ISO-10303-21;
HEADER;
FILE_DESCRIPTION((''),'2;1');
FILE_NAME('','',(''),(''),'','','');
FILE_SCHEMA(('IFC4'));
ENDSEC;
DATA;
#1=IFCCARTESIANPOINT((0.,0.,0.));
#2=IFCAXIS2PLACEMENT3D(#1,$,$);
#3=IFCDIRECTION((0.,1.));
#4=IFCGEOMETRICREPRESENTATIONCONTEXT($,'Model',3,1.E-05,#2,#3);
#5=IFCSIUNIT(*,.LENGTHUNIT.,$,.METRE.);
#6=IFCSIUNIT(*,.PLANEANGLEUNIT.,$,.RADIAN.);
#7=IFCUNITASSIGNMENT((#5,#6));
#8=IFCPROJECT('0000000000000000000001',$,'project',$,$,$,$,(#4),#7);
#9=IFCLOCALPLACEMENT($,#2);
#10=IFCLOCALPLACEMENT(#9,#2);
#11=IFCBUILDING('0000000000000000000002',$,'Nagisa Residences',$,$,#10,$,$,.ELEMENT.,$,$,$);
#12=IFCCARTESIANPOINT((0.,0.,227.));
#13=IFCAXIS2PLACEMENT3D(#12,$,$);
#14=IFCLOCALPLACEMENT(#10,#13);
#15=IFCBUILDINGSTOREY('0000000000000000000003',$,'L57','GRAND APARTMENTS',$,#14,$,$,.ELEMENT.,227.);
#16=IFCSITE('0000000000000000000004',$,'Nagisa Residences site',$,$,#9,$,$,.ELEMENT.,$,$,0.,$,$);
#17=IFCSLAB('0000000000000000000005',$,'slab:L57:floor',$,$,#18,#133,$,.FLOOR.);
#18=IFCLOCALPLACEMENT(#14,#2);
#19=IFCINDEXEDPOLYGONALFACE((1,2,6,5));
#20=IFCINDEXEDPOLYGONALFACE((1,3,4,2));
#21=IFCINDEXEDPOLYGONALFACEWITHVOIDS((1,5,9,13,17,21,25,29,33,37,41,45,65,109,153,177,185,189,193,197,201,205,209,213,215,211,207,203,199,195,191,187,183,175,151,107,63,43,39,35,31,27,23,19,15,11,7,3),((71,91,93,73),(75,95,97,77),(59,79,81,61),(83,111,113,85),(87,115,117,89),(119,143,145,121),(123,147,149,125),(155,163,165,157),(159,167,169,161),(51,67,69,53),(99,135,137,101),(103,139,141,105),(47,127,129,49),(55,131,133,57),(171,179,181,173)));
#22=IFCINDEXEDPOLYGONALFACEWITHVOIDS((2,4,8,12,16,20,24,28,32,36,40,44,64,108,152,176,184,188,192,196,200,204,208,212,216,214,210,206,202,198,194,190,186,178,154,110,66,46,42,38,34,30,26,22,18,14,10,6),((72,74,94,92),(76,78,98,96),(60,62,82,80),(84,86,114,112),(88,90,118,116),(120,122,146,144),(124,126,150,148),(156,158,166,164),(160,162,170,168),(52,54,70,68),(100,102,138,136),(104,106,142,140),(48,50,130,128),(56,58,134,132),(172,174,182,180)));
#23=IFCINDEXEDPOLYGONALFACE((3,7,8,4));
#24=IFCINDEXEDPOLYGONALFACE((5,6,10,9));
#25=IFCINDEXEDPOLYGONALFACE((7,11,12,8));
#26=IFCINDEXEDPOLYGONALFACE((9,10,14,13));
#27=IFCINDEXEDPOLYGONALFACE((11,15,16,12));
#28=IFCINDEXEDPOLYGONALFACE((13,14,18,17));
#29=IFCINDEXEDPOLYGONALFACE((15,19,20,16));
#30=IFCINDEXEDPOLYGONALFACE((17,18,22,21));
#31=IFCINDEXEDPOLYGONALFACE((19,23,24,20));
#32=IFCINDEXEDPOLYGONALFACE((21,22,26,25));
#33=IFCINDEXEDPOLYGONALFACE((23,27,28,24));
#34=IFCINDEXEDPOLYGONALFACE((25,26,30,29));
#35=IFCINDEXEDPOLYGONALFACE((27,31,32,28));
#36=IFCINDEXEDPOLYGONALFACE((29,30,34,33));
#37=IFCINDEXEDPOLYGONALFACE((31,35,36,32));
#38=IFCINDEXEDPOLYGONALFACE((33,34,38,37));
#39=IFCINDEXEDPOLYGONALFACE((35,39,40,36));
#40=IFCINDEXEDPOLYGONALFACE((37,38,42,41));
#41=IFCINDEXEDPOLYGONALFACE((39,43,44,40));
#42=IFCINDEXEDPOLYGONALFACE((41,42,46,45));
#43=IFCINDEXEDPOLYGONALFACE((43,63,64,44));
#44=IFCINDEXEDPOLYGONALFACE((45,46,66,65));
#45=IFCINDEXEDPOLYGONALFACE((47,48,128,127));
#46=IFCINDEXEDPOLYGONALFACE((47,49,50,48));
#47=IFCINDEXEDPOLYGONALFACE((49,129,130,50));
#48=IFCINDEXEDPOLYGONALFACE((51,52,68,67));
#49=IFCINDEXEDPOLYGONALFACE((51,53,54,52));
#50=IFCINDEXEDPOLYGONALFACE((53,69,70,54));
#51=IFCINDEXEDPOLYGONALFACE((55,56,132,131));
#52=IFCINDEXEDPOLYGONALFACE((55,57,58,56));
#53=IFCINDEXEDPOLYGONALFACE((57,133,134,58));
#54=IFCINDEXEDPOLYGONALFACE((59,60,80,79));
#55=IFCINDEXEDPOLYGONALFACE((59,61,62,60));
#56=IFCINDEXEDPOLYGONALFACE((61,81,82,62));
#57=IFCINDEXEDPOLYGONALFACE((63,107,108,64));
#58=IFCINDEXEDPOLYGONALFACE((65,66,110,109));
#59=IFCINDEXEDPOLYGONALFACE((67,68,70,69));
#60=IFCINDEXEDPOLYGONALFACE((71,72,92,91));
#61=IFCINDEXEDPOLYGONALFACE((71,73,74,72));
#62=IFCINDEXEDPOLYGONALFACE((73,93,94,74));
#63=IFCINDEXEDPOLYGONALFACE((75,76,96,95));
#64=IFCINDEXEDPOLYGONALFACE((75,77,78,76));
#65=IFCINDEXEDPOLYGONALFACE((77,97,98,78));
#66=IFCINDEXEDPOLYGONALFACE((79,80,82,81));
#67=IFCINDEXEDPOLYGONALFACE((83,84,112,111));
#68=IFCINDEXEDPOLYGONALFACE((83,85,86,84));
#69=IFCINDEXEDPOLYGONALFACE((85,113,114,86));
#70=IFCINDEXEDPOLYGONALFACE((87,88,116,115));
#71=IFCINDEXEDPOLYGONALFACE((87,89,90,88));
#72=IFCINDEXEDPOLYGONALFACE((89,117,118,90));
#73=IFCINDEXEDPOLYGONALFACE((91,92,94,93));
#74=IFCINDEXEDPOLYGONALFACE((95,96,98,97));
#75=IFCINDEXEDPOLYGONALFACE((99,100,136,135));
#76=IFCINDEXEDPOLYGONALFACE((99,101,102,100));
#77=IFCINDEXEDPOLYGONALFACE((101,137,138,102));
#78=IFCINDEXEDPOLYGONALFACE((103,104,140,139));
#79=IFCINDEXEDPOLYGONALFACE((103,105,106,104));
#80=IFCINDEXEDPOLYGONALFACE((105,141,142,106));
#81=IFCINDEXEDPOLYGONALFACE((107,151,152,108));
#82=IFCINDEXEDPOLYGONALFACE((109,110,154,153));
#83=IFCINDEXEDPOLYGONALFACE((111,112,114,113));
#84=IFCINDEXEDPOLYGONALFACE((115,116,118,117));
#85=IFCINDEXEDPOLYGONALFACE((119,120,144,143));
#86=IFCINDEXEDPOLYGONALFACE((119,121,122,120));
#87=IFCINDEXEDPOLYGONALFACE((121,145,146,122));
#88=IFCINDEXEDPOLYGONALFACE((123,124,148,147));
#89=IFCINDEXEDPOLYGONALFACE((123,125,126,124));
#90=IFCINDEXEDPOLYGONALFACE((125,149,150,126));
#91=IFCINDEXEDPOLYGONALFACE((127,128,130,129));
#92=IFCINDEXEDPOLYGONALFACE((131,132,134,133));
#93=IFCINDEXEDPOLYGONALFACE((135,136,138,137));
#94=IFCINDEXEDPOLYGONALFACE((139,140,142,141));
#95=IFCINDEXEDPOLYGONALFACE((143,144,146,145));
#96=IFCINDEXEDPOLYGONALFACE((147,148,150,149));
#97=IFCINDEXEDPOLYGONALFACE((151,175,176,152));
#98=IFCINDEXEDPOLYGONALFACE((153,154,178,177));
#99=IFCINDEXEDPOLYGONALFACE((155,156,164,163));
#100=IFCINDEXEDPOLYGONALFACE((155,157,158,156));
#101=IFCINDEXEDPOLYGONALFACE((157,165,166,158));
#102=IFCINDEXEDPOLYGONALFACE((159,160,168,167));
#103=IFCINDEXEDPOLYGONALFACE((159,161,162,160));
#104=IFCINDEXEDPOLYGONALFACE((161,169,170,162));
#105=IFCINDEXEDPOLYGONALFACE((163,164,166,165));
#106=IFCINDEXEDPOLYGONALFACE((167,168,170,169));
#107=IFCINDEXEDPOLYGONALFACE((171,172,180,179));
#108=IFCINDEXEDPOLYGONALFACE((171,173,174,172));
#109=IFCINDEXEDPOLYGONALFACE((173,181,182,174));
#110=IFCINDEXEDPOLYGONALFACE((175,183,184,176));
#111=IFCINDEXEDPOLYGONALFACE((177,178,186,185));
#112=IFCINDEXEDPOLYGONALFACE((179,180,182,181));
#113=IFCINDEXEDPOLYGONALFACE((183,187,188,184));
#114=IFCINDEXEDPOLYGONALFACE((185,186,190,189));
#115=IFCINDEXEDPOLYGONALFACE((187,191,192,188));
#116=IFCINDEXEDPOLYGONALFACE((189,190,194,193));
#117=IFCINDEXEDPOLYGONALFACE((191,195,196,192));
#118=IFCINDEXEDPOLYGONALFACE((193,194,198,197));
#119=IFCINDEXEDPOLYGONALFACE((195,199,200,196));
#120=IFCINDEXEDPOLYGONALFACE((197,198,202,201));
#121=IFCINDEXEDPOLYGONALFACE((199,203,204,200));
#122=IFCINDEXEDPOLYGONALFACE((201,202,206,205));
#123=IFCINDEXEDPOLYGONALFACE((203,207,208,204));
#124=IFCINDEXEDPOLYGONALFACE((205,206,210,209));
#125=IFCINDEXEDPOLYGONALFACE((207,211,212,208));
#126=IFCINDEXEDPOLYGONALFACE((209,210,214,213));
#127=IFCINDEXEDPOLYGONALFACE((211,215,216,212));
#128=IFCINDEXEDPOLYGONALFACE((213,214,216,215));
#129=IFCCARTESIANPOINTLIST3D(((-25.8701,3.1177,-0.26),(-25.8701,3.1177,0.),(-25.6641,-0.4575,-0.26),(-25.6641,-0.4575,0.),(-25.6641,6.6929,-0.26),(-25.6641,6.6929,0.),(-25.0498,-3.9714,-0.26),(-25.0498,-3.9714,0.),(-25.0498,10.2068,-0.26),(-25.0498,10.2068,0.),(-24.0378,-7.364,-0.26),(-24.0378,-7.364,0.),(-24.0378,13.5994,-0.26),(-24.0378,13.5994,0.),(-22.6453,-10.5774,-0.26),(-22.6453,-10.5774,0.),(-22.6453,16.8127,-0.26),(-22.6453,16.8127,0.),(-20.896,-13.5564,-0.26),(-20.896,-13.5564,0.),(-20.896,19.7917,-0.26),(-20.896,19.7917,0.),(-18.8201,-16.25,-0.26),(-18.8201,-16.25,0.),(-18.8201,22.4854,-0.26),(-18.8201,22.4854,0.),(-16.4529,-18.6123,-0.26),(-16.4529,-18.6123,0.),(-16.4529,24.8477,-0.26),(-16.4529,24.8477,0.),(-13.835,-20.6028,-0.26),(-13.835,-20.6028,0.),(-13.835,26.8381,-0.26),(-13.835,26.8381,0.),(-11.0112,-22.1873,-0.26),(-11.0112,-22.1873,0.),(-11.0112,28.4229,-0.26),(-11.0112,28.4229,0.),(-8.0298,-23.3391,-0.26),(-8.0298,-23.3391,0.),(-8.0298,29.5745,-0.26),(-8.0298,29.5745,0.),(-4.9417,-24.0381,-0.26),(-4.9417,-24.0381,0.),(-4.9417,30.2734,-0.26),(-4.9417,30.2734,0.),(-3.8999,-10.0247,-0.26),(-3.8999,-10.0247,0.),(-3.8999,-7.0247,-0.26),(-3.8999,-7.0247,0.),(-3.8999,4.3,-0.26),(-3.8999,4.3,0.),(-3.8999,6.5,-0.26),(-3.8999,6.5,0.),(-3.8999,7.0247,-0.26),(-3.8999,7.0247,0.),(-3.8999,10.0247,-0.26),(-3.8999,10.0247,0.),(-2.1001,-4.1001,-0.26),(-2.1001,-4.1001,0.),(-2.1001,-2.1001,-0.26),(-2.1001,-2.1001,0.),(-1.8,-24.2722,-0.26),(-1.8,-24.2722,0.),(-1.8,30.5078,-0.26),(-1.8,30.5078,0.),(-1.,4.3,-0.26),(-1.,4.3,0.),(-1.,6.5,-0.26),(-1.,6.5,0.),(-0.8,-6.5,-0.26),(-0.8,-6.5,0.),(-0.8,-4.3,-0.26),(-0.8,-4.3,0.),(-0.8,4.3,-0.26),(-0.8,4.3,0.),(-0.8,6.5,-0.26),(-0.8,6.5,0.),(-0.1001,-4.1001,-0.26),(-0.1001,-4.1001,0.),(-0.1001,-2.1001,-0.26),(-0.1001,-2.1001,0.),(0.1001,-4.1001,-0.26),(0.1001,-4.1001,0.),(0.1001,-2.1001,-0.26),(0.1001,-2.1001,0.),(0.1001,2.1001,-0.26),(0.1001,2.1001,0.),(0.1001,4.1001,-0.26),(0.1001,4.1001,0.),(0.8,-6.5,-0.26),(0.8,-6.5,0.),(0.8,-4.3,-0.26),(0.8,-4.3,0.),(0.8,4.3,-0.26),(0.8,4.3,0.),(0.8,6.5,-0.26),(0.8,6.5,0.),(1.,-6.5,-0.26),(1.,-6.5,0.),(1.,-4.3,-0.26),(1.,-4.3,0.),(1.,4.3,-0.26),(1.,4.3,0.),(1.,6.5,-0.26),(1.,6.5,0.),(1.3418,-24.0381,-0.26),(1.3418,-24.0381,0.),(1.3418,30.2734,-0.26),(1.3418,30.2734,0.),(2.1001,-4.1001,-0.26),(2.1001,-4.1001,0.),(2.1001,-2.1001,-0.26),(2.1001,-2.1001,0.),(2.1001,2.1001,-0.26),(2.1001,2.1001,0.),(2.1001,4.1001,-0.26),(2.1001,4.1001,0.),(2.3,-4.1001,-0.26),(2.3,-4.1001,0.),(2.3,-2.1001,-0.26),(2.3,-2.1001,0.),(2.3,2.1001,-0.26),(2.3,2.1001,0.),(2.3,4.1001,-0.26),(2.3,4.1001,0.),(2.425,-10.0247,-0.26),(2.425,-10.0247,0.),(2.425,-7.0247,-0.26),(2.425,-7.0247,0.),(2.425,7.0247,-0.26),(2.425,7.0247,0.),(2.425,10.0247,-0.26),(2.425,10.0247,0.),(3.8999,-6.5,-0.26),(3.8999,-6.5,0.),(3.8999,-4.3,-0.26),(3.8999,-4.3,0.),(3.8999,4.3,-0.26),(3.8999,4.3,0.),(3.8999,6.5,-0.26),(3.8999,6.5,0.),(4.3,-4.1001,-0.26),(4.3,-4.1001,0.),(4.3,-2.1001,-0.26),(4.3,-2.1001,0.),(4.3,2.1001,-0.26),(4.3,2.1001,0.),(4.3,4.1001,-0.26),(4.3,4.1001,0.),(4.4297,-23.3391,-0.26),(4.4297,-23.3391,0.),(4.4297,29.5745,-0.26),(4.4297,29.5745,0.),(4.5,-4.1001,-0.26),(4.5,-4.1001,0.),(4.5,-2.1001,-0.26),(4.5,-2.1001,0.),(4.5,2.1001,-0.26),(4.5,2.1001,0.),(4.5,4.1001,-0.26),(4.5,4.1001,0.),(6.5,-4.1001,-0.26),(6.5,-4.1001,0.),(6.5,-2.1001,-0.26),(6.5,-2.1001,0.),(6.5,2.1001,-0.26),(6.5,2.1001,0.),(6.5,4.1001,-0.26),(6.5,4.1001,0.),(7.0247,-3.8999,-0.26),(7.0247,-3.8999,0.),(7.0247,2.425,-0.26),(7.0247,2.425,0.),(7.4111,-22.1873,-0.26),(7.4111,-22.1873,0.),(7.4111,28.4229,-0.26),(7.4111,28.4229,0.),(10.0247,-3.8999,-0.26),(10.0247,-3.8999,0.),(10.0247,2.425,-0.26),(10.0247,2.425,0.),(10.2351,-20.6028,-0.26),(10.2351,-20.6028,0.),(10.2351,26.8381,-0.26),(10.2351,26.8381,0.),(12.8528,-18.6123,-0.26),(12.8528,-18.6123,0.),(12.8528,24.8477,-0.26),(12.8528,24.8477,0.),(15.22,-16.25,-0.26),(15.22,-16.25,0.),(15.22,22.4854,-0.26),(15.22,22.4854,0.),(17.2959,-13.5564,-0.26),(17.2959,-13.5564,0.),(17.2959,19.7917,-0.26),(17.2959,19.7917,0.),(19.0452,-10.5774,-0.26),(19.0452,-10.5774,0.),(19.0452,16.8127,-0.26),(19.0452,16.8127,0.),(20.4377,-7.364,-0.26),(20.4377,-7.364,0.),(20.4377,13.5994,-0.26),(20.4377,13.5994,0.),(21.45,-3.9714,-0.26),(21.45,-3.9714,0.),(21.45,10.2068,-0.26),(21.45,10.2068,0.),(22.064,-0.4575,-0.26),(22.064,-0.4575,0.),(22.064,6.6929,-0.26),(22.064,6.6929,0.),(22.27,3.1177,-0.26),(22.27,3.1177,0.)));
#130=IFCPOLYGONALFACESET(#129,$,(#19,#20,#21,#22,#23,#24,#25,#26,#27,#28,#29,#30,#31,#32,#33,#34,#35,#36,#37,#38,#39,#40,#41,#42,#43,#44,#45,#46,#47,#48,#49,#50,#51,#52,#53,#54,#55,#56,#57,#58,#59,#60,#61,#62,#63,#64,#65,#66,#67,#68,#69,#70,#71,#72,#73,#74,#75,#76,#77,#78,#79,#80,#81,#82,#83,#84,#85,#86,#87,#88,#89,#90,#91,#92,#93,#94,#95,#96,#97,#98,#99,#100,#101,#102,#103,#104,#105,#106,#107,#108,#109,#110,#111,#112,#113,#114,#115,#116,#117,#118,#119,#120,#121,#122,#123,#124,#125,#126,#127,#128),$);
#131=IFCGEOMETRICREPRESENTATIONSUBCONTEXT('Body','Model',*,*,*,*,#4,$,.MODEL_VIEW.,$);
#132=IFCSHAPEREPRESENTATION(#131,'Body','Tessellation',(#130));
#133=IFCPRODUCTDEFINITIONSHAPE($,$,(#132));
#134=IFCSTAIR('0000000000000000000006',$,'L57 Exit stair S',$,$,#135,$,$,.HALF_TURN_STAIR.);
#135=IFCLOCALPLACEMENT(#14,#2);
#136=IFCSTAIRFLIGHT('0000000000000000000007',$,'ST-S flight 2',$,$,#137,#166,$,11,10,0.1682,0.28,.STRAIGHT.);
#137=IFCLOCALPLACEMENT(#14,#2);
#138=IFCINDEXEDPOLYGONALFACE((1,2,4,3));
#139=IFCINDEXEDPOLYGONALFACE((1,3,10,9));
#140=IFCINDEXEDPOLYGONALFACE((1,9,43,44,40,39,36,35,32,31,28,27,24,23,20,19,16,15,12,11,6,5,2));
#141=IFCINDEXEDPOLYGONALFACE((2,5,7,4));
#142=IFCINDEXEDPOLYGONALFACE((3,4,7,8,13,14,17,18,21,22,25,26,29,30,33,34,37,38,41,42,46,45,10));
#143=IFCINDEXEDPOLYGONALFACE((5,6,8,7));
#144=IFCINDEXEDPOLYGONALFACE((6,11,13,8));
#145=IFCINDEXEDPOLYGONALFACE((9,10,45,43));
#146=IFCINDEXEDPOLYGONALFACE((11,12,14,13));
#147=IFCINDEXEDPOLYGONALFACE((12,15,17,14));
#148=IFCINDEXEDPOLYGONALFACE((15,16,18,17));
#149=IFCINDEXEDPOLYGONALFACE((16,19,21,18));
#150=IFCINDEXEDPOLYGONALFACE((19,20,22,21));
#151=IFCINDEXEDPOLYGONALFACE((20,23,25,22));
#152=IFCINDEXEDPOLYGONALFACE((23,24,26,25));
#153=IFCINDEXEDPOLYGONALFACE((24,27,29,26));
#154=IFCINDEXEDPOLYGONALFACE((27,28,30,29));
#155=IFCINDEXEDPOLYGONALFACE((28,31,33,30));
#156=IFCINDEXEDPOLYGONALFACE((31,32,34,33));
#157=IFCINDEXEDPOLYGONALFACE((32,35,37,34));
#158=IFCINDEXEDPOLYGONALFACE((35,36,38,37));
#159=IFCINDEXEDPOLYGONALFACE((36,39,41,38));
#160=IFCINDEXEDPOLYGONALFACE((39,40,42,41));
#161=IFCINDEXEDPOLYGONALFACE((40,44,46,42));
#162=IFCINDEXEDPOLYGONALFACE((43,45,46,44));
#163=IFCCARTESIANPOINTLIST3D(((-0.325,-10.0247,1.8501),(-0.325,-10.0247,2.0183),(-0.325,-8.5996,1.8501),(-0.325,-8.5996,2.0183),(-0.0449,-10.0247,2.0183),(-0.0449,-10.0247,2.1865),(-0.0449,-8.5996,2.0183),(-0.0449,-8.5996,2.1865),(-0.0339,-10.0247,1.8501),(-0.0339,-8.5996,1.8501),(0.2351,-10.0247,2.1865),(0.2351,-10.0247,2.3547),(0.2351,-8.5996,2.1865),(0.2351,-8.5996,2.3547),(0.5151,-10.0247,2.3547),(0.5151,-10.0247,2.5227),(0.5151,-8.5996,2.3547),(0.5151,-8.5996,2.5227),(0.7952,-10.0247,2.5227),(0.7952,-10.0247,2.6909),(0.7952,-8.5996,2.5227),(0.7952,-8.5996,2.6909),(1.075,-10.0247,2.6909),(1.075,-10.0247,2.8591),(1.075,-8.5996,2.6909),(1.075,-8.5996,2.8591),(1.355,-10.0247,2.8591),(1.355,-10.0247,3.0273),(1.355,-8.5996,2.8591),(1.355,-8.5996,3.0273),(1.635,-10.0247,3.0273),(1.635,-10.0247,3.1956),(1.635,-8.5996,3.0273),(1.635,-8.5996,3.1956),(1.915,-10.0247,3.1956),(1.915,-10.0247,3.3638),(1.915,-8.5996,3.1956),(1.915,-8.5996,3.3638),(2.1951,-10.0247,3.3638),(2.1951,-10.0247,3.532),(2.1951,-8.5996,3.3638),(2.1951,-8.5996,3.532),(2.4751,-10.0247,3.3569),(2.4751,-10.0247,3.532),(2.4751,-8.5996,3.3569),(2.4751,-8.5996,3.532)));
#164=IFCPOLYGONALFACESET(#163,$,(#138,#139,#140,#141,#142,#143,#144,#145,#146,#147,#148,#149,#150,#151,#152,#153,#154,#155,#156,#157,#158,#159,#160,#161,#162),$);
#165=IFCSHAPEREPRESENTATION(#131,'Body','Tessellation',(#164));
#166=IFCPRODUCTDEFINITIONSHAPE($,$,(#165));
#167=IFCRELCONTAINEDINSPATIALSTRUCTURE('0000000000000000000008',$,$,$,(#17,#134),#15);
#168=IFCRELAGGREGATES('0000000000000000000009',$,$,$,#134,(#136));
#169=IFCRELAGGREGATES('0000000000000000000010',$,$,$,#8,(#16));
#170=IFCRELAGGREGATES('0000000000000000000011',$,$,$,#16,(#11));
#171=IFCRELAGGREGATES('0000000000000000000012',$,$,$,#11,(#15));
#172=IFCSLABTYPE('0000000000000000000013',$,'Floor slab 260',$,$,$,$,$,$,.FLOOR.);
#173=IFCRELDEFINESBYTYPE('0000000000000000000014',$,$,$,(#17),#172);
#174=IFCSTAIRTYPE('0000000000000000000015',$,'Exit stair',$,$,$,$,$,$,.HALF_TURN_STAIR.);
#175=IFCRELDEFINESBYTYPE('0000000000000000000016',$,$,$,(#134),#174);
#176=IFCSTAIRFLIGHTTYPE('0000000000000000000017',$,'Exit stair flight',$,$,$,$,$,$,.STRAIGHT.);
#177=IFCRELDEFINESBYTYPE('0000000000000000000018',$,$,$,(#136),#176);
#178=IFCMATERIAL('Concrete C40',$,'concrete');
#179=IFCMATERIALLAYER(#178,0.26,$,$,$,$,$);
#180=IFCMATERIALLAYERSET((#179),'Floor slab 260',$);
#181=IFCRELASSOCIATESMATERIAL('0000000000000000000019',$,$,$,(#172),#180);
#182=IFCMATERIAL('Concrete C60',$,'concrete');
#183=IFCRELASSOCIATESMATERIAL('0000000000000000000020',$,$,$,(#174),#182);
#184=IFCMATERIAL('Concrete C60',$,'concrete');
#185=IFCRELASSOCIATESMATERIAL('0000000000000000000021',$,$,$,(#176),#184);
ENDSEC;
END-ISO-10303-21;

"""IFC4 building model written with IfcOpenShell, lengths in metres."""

from ifc_helpers import new_model, si_unit, direction, frame, origin, place, context, subcontext, project, spatial, polyline, outline, extrude, material, layer, layer_set, type_object, element, aggregate, save


model = new_model("IFC4")

# Units and contexts
model_context = context("Model", 3, precision=1e-05, world=origin(), true_north=direction((0.0, 1.0)))
body_context = subcontext(model_context, "Body", "Model", "MODEL_VIEW")
ifc_project = project(units=[si_unit("LENGTHUNIT", "METRE"), si_unit("PLANEANGLEUNIT", "RADIAN")], contexts=[model_context])

# Site, building, storey
site_placement = place(None, origin())
site = spatial("IfcSite", under=ifc_project, at=site_placement, Name="Nagisa Residences site", CompositionType="ELEMENT", RefElevation=0.0)
building_placement = place(site_placement, origin())
building = spatial("IfcBuilding", under=site, at=building_placement, Name="Nagisa Residences", CompositionType="ELEMENT")
storey_placement = place(building_placement, frame((0.0, 0.0, 227.0)))
storey = spatial("IfcBuildingStorey", under=building, at=storey_placement, Name="L57", Description="GRAND APARTMENTS", CompositionType="ELEMENT", Elevation=227.0)

# Slab
ifc_material_1 = material(Name="Concrete C40", Category="concrete")
ifc_layer_1 = layer(ifc_material_1, 0.26)
ifc_layer_set_1 = layer_set([ifc_layer_1], Name="Floor slab 260")
slab_type_1 = type_object("IfcSlabType", Name="Floor slab 260", PredefinedType="FLOOR", material=ifc_layer_set_1)
slab_1_placement = place(storey_placement, frame((0.0, 0.0, -0.26)))
element("IfcSlab", 1, at=slab_1_placement, inside=storey, type_object=slab_type_1, Name="slab:L57:floor", PredefinedType="FLOOR", context=body_context, shape_type="SweptSolid", body=[
    extrude(outline(polyline([(22.27, 3.1177), (22.064, 6.6929), (21.45, 10.2068), (20.4377, 13.5994), (19.0452, 16.8127), (17.2959, 19.7917), (15.22, 22.4854), (12.8528, 24.8477), (10.2351, 26.8381), (7.4111, 28.4229), (4.4297, 29.5745), (1.3418, 30.2734), (-1.8, 30.5078), (-4.9417, 30.2734), (-8.0298, 29.5745), (-11.0112, 28.4229), (-13.835, 26.8381), (-16.4529, 24.8477), (-18.8201, 22.4854), (-20.896, 19.7917), (-22.6453, 16.8127), (-24.0378, 13.5994), (-25.0498, 10.2068), (-25.6641, 6.6929), (-25.8701, 3.1177), (-25.6641, -0.4575), (-25.0498, -3.9714), (-24.0378, -7.364), (-22.6453, -10.5774), (-20.896, -13.5564), (-18.8201, -16.25), (-16.4529, -18.6123), (-13.835, -20.6028), (-11.0112, -22.1873), (-8.0298, -23.3391), (-4.9417, -24.0381), (-1.8, -24.2722), (1.3418, -24.0381), (4.4297, -23.3391), (7.4111, -22.1873), (10.2351, -20.6028), (12.8528, -18.6123), (15.22, -16.25), (17.2959, -13.5564), (19.0452, -10.5774), (20.4377, -7.364), (21.45, -3.9714), (22.064, -0.4575), (22.27, 3.1177)]), holes=[polyline([(2.1001, 2.1001), (2.1001, 4.1001), (0.1001, 4.1001), (0.1001, 2.1001), (2.1001, 2.1001)]), polyline([(4.3, 2.1001), (4.3, 4.1001), (2.3, 4.1001), (2.3, 2.1001), (4.3, 2.1001)]), polyline([(6.5, 2.1001), (6.5, 4.1001), (4.5, 4.1001), (4.5, 2.1001), (6.5, 2.1001)]), polyline([(-0.1001, -4.1001), (-0.1001, -2.1001), (-2.1001, -2.1001), (-2.1001, -4.1001), (-0.1001, -4.1001)]), polyline([(2.1001, -4.1001), (2.1001, -2.1001), (0.1001, -2.1001), (0.1001, -4.1001), (2.1001, -4.1001)]), polyline([(4.3, -4.1001), (4.3, -2.1001), (2.3, -2.1001), (2.3, -4.1001), (4.3, -4.1001)]), polyline([(6.5, -4.1001), (6.5, -2.1001), (4.5, -2.1001), (4.5, -4.1001), (6.5, -4.1001)]), polyline([(3.8999, 4.3), (3.8999, 6.5), (1.0, 6.5), (1.0, 4.3), (3.8999, 4.3)]), polyline([(3.8999, -6.5), (3.8999, -4.3), (1.0, -4.3), (1.0, -6.5), (3.8999, -6.5)]), polyline([(-1.0, 4.3), (-1.0, 6.5), (-3.8999, 6.5), (-3.8999, 4.3), (-1.0, 4.3)]), polyline([(0.8, 4.3), (0.8, 6.5), (-0.8, 6.5), (-0.8, 4.3), (0.8, 4.3)]), polyline([(0.8, -6.5), (0.8, -4.3), (-0.8, -4.3), (-0.8, -6.5), (0.8, -6.5)]), polyline([(10.0247, -3.8999), (7.0247, -3.8999), (7.0247, 2.425), (10.0247, 2.425), (10.0247, -3.8999)]), polyline([(-3.8999, 7.0247), (-3.8999, 10.0247), (2.425, 10.0247), (2.425, 7.0247), (-3.8999, 7.0247)]), polyline([(-3.8999, -10.0247), (-3.8999, -7.0247), (2.425, -7.0247), (2.425, -10.0247), (-3.8999, -10.0247)])]), origin(), (0.0, 0.0, 1.0), 0.26),
])

# Stair, stair flight
ifc_material_2 = material(Name="Concrete C60", Category="concrete")
stair_type = type_object("IfcStairType", Name="Exit stair", PredefinedType="HALF_TURN_STAIR", material=ifc_material_2)
stair_placement = place(storey_placement, origin())
stair = element("IfcStair", 2, at=stair_placement, inside=storey, type_object=stair_type, Name="L57 Exit stair S", PredefinedType="HALF_TURN_STAIR")
ifc_material_3 = material(Name="Concrete C60", Category="concrete")
stair_flight_type = type_object("IfcStairFlightType", Name="Exit stair flight", PredefinedType="STRAIGHT", material=ifc_material_3)
stair_flight_placement = place(storey_placement, frame((-0.325, -9.312, 1.8501), z_axis=(0.0, 0.0, 1.0), x_axis=(1.0, 0.0, 0.0)))
stair_flight = element("IfcStairFlight", 3, at=stair_flight_placement, type_object=stair_flight_type, Name="ST-S flight 2", NumberOfRisers=11, NumberOfTreads=10, PredefinedType="STRAIGHT", RiserHeight=0.1682, TreadLength=0.28, context=body_context, shape_type="SweptSolid", body=[
    extrude(outline(polyline([(0.0, 0.0), (0.0, 0.1682), (0.28, 0.1682), (0.28, 0.3364), (0.5601, 0.3364), (0.5601, 0.5046), (0.8401, 0.5046), (0.8401, 0.6726), (1.1201, 0.6726), (1.1201, 0.8408), (1.3999, 0.8408), (1.3999, 1.009), (1.6799, 1.009), (1.6799, 1.1772), (1.96, 1.1772), (1.96, 1.3455), (2.24, 1.3455), (2.24, 1.5137), (2.52, 1.5137), (2.52, 1.6819), (2.8, 1.6819), (2.8, 1.8501), (2.8, 1.5068), (0.291, 0.0), (0.0, 0.0)])), frame((0.0, 0.7124, 0.0), z_axis=(0.0, -1.0, 0.0), x_axis=(1.0, 0.0, 0.0)), (0.0, 0.0, 1.0), 1.425),
])
aggregate(stair, [stair_flight])

save(model, "model.ifc")
